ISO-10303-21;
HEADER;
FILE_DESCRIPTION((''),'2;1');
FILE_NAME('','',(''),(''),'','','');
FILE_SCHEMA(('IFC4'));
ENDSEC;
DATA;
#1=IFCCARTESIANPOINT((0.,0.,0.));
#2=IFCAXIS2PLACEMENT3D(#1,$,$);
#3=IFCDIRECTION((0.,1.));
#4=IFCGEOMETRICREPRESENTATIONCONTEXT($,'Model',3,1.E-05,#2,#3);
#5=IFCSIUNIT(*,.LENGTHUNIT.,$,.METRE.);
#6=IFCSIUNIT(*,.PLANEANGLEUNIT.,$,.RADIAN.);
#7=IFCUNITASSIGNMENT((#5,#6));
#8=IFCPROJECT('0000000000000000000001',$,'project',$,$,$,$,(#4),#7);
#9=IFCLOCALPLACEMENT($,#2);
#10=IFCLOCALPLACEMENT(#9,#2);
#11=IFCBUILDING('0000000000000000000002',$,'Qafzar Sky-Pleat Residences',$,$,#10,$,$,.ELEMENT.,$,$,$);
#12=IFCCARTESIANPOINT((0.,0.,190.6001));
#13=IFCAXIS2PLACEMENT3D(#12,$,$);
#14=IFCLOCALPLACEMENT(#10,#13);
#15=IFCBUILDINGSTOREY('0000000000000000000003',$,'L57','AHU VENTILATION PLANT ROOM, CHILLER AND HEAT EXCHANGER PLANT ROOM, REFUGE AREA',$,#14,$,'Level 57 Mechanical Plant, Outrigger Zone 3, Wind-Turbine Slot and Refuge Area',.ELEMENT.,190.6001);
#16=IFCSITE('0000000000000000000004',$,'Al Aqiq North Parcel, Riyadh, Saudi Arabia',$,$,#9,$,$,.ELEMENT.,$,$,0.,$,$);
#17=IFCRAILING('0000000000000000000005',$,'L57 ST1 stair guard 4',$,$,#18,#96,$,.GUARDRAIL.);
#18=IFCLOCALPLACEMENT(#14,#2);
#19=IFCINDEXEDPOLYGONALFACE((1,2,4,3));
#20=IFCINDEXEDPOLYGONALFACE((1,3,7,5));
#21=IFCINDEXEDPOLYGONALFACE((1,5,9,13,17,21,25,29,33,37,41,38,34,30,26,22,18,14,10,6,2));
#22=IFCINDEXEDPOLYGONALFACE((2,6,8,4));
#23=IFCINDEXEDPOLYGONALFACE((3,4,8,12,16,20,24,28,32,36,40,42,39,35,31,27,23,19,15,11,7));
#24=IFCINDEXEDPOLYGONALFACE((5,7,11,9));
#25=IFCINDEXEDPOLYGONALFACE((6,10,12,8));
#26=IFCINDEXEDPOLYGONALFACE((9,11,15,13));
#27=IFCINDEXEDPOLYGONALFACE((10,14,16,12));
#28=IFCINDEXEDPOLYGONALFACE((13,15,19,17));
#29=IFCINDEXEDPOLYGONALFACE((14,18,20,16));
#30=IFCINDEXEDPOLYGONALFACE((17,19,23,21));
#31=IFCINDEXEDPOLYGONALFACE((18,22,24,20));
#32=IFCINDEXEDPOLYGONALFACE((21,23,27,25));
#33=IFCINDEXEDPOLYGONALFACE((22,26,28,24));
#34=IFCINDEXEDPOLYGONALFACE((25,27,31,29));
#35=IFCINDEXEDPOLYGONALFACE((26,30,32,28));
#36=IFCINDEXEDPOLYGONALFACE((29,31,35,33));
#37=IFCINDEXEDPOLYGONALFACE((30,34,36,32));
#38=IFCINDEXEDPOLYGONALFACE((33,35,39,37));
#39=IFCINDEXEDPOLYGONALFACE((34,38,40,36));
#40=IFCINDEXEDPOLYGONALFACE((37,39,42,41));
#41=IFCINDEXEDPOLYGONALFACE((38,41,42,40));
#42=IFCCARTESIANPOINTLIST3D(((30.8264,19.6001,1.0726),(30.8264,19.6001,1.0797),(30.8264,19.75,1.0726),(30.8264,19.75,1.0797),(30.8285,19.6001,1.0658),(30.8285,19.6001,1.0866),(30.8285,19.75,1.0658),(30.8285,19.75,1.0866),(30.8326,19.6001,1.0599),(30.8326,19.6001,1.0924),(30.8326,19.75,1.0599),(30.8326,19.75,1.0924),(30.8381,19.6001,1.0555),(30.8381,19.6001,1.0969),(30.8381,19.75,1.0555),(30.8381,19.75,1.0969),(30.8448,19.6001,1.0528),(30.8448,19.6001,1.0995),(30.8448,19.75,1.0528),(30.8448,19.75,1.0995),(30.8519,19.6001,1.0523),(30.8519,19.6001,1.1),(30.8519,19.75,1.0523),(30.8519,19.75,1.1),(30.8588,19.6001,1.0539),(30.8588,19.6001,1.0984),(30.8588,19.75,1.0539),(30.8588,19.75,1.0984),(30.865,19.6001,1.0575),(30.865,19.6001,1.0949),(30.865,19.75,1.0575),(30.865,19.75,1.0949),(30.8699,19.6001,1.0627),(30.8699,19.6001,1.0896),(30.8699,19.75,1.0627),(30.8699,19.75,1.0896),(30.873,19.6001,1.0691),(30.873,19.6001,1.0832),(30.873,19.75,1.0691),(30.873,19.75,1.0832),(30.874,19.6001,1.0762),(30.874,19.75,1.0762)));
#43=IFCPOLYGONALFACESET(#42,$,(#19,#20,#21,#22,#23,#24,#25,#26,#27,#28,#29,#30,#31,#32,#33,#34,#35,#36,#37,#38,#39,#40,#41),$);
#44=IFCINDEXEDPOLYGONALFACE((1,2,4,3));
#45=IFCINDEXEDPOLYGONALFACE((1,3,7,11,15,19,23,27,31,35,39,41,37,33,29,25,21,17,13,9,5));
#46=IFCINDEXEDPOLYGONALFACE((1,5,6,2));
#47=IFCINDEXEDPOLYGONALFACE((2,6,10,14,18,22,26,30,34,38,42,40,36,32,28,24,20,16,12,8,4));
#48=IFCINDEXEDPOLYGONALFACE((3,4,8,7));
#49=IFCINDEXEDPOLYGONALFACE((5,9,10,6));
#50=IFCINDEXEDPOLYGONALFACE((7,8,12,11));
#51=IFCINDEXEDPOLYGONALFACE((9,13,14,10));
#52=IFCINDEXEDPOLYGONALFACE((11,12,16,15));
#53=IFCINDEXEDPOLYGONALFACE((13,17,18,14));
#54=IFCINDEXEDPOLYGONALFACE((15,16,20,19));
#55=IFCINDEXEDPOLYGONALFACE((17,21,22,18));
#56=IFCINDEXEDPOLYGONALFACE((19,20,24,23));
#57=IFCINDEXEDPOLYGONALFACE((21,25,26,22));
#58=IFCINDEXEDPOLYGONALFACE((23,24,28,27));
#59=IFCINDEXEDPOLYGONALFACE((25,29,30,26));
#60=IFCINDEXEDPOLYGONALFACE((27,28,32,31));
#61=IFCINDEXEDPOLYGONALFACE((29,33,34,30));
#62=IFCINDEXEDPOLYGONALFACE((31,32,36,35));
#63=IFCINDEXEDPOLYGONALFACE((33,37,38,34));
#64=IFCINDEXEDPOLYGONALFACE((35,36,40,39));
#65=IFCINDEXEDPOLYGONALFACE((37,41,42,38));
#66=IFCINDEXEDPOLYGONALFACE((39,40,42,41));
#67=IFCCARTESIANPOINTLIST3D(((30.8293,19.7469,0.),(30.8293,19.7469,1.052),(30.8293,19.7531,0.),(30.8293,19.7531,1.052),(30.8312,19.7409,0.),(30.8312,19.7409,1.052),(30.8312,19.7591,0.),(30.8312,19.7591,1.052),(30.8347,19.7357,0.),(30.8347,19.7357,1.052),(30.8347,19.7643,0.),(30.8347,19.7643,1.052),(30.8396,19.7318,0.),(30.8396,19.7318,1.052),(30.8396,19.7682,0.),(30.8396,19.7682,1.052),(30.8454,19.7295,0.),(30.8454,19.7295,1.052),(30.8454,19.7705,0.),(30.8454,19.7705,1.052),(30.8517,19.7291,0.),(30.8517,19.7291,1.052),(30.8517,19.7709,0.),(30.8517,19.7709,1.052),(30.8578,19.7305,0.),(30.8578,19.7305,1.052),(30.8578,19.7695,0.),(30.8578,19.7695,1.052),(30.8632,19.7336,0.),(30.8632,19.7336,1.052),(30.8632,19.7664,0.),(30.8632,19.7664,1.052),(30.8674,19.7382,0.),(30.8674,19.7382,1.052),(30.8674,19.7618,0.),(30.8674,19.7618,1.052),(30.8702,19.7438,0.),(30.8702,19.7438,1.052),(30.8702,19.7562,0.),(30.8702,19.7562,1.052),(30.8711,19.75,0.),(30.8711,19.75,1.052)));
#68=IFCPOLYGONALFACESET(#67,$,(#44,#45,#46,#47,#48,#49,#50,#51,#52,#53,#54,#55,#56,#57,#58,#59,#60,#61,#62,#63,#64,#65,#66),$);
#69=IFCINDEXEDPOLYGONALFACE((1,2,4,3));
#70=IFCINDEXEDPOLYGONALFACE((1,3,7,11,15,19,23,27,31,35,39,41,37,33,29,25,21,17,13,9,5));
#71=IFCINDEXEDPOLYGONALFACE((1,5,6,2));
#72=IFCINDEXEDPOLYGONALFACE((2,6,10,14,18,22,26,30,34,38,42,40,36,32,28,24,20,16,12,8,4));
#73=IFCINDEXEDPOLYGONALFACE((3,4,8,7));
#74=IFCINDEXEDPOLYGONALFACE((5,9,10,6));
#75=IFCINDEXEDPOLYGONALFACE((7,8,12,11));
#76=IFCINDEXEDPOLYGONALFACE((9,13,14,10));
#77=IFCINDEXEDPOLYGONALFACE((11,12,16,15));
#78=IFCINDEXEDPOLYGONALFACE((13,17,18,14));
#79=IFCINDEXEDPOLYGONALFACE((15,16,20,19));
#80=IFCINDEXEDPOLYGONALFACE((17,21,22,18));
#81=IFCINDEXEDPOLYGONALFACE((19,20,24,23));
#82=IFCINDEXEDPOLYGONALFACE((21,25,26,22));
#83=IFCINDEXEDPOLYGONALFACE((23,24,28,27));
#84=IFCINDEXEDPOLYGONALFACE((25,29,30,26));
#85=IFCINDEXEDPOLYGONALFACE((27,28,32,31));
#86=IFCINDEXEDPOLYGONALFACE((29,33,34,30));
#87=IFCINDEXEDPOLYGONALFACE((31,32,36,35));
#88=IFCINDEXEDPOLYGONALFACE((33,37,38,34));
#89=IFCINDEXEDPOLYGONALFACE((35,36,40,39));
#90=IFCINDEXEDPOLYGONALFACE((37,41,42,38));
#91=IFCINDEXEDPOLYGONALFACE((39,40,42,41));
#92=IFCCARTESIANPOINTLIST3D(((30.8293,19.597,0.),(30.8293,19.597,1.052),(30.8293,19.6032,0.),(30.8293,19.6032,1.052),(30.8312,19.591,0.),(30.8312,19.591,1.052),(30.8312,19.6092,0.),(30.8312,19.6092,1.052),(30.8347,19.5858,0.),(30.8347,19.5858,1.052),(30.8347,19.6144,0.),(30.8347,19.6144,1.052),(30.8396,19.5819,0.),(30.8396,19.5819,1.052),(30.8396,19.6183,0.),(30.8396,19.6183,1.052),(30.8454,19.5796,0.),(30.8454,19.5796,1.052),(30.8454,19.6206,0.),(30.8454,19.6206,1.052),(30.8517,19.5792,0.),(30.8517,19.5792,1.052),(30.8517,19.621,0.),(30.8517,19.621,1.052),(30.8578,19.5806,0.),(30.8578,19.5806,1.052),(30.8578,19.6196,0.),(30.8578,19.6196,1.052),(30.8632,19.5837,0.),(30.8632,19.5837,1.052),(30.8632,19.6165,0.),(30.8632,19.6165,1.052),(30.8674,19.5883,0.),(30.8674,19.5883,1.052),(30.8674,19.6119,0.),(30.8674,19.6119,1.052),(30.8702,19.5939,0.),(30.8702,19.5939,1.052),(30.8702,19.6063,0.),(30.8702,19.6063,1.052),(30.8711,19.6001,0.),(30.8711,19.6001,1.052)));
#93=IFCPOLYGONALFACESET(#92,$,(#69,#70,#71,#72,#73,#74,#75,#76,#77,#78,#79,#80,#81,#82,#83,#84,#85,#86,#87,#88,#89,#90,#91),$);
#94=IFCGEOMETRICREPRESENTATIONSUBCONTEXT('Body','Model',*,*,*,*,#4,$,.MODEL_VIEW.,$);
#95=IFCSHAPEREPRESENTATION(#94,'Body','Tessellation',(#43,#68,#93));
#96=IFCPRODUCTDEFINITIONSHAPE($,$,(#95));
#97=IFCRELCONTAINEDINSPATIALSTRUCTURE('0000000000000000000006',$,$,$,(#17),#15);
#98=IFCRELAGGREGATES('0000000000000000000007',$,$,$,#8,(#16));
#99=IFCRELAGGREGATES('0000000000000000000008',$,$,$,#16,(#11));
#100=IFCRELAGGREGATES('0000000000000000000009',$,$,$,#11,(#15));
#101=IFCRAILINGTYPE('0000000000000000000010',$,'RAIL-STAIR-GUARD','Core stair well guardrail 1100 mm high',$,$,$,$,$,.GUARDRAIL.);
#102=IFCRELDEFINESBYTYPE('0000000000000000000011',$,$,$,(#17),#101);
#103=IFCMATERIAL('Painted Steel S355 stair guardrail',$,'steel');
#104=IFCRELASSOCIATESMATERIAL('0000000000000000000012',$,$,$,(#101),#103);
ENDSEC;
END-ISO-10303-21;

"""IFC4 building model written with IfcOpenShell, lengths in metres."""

from ifc_helpers import new_model, si_unit, direction, frame, origin, origin_2d, place, context, subcontext, project, spatial, circle, extrude, source, transform, mapped, material, type_object, element, save


model = new_model("IFC4")

# Units and contexts
model_context = context("Model", 3, precision=1e-05, world=origin(), true_north=direction((0.0, 1.0)))
body_context = subcontext(model_context, "Body", "Model", "MODEL_VIEW")
ifc_project = project(units=[si_unit("LENGTHUNIT", "METRE"), si_unit("PLANEANGLEUNIT", "RADIAN")], contexts=[model_context])

# Site, building, storey
site_placement = place(None, origin())
site = spatial("IfcSite", under=ifc_project, at=site_placement, Name="Al Aqiq North Parcel, Riyadh, Saudi Arabia", CompositionType="ELEMENT", RefElevation=0.0)
building_placement = place(site_placement, origin())
building = spatial("IfcBuilding", under=site, at=building_placement, Name="Qafzar Sky-Pleat Residences", CompositionType="ELEMENT")
storey_placement = place(building_placement, frame((0.0, 0.0, 190.6001)))
storey = spatial("IfcBuildingStorey", under=building, at=storey_placement, Name="L57", Description="AHU VENTILATION PLANT ROOM, CHILLER AND HEAT EXCHANGER PLANT ROOM, REFUGE AREA", LongName="Level 57 Mechanical Plant, Outrigger Zone 3, Wind-Turbine Slot and Refuge Area", CompositionType="ELEMENT", Elevation=190.6001)

# Railing
ifc_material_1 = material(Name="Painted Steel S355 stair guardrail", Category="steel")
railing_type_1 = type_object("IfcRailingType", Name="RAIL-STAIR-GUARD", Description="Core stair well guardrail 1100 mm high", PredefinedType="GUARDRAIL", material=ifc_material_1)
shared_shape_1 = source(origin(), body_context, "Body", "SweptSolid", [
    extrude(circle(Radius=0.0239, at=origin_2d()), frame((0.0, 0.0, 1.0762), z_axis=(0.0, -1.0, 0.0), x_axis=(1.0, 0.0, 0.0)), (0.0, 0.0, 1.0), 0.1499),
    extrude(circle(Radius=0.021, at=origin_2d()), origin(), (0.0, 0.0, 1.0), 1.052),
    extrude(circle(Radius=0.021, at=origin_2d()), frame((0.0, -0.1499, 0.0)), (0.0, 0.0, 1.0), 1.052),
])
railing_1_placement = place(storey_placement, frame((30.8501, 19.75, 0.0)))
element("IfcRailing", 1, at=railing_1_placement, inside=storey, type_object=railing_type_1, Name="L57 ST1 stair guard 4", PredefinedType="GUARDRAIL", context=body_context, shape_type="MappedRepresentation", body=[
    mapped(shared_shape_1, transform((0.0, 0.0, 0.0), x_axis=(1.0, 0.0, 0.0), y_axis=(0.0, 1.0, 0.0), z_axis=(0.0, 0.0, 1.0), scale=1.0)),
])

save(model, "model.ifc")
